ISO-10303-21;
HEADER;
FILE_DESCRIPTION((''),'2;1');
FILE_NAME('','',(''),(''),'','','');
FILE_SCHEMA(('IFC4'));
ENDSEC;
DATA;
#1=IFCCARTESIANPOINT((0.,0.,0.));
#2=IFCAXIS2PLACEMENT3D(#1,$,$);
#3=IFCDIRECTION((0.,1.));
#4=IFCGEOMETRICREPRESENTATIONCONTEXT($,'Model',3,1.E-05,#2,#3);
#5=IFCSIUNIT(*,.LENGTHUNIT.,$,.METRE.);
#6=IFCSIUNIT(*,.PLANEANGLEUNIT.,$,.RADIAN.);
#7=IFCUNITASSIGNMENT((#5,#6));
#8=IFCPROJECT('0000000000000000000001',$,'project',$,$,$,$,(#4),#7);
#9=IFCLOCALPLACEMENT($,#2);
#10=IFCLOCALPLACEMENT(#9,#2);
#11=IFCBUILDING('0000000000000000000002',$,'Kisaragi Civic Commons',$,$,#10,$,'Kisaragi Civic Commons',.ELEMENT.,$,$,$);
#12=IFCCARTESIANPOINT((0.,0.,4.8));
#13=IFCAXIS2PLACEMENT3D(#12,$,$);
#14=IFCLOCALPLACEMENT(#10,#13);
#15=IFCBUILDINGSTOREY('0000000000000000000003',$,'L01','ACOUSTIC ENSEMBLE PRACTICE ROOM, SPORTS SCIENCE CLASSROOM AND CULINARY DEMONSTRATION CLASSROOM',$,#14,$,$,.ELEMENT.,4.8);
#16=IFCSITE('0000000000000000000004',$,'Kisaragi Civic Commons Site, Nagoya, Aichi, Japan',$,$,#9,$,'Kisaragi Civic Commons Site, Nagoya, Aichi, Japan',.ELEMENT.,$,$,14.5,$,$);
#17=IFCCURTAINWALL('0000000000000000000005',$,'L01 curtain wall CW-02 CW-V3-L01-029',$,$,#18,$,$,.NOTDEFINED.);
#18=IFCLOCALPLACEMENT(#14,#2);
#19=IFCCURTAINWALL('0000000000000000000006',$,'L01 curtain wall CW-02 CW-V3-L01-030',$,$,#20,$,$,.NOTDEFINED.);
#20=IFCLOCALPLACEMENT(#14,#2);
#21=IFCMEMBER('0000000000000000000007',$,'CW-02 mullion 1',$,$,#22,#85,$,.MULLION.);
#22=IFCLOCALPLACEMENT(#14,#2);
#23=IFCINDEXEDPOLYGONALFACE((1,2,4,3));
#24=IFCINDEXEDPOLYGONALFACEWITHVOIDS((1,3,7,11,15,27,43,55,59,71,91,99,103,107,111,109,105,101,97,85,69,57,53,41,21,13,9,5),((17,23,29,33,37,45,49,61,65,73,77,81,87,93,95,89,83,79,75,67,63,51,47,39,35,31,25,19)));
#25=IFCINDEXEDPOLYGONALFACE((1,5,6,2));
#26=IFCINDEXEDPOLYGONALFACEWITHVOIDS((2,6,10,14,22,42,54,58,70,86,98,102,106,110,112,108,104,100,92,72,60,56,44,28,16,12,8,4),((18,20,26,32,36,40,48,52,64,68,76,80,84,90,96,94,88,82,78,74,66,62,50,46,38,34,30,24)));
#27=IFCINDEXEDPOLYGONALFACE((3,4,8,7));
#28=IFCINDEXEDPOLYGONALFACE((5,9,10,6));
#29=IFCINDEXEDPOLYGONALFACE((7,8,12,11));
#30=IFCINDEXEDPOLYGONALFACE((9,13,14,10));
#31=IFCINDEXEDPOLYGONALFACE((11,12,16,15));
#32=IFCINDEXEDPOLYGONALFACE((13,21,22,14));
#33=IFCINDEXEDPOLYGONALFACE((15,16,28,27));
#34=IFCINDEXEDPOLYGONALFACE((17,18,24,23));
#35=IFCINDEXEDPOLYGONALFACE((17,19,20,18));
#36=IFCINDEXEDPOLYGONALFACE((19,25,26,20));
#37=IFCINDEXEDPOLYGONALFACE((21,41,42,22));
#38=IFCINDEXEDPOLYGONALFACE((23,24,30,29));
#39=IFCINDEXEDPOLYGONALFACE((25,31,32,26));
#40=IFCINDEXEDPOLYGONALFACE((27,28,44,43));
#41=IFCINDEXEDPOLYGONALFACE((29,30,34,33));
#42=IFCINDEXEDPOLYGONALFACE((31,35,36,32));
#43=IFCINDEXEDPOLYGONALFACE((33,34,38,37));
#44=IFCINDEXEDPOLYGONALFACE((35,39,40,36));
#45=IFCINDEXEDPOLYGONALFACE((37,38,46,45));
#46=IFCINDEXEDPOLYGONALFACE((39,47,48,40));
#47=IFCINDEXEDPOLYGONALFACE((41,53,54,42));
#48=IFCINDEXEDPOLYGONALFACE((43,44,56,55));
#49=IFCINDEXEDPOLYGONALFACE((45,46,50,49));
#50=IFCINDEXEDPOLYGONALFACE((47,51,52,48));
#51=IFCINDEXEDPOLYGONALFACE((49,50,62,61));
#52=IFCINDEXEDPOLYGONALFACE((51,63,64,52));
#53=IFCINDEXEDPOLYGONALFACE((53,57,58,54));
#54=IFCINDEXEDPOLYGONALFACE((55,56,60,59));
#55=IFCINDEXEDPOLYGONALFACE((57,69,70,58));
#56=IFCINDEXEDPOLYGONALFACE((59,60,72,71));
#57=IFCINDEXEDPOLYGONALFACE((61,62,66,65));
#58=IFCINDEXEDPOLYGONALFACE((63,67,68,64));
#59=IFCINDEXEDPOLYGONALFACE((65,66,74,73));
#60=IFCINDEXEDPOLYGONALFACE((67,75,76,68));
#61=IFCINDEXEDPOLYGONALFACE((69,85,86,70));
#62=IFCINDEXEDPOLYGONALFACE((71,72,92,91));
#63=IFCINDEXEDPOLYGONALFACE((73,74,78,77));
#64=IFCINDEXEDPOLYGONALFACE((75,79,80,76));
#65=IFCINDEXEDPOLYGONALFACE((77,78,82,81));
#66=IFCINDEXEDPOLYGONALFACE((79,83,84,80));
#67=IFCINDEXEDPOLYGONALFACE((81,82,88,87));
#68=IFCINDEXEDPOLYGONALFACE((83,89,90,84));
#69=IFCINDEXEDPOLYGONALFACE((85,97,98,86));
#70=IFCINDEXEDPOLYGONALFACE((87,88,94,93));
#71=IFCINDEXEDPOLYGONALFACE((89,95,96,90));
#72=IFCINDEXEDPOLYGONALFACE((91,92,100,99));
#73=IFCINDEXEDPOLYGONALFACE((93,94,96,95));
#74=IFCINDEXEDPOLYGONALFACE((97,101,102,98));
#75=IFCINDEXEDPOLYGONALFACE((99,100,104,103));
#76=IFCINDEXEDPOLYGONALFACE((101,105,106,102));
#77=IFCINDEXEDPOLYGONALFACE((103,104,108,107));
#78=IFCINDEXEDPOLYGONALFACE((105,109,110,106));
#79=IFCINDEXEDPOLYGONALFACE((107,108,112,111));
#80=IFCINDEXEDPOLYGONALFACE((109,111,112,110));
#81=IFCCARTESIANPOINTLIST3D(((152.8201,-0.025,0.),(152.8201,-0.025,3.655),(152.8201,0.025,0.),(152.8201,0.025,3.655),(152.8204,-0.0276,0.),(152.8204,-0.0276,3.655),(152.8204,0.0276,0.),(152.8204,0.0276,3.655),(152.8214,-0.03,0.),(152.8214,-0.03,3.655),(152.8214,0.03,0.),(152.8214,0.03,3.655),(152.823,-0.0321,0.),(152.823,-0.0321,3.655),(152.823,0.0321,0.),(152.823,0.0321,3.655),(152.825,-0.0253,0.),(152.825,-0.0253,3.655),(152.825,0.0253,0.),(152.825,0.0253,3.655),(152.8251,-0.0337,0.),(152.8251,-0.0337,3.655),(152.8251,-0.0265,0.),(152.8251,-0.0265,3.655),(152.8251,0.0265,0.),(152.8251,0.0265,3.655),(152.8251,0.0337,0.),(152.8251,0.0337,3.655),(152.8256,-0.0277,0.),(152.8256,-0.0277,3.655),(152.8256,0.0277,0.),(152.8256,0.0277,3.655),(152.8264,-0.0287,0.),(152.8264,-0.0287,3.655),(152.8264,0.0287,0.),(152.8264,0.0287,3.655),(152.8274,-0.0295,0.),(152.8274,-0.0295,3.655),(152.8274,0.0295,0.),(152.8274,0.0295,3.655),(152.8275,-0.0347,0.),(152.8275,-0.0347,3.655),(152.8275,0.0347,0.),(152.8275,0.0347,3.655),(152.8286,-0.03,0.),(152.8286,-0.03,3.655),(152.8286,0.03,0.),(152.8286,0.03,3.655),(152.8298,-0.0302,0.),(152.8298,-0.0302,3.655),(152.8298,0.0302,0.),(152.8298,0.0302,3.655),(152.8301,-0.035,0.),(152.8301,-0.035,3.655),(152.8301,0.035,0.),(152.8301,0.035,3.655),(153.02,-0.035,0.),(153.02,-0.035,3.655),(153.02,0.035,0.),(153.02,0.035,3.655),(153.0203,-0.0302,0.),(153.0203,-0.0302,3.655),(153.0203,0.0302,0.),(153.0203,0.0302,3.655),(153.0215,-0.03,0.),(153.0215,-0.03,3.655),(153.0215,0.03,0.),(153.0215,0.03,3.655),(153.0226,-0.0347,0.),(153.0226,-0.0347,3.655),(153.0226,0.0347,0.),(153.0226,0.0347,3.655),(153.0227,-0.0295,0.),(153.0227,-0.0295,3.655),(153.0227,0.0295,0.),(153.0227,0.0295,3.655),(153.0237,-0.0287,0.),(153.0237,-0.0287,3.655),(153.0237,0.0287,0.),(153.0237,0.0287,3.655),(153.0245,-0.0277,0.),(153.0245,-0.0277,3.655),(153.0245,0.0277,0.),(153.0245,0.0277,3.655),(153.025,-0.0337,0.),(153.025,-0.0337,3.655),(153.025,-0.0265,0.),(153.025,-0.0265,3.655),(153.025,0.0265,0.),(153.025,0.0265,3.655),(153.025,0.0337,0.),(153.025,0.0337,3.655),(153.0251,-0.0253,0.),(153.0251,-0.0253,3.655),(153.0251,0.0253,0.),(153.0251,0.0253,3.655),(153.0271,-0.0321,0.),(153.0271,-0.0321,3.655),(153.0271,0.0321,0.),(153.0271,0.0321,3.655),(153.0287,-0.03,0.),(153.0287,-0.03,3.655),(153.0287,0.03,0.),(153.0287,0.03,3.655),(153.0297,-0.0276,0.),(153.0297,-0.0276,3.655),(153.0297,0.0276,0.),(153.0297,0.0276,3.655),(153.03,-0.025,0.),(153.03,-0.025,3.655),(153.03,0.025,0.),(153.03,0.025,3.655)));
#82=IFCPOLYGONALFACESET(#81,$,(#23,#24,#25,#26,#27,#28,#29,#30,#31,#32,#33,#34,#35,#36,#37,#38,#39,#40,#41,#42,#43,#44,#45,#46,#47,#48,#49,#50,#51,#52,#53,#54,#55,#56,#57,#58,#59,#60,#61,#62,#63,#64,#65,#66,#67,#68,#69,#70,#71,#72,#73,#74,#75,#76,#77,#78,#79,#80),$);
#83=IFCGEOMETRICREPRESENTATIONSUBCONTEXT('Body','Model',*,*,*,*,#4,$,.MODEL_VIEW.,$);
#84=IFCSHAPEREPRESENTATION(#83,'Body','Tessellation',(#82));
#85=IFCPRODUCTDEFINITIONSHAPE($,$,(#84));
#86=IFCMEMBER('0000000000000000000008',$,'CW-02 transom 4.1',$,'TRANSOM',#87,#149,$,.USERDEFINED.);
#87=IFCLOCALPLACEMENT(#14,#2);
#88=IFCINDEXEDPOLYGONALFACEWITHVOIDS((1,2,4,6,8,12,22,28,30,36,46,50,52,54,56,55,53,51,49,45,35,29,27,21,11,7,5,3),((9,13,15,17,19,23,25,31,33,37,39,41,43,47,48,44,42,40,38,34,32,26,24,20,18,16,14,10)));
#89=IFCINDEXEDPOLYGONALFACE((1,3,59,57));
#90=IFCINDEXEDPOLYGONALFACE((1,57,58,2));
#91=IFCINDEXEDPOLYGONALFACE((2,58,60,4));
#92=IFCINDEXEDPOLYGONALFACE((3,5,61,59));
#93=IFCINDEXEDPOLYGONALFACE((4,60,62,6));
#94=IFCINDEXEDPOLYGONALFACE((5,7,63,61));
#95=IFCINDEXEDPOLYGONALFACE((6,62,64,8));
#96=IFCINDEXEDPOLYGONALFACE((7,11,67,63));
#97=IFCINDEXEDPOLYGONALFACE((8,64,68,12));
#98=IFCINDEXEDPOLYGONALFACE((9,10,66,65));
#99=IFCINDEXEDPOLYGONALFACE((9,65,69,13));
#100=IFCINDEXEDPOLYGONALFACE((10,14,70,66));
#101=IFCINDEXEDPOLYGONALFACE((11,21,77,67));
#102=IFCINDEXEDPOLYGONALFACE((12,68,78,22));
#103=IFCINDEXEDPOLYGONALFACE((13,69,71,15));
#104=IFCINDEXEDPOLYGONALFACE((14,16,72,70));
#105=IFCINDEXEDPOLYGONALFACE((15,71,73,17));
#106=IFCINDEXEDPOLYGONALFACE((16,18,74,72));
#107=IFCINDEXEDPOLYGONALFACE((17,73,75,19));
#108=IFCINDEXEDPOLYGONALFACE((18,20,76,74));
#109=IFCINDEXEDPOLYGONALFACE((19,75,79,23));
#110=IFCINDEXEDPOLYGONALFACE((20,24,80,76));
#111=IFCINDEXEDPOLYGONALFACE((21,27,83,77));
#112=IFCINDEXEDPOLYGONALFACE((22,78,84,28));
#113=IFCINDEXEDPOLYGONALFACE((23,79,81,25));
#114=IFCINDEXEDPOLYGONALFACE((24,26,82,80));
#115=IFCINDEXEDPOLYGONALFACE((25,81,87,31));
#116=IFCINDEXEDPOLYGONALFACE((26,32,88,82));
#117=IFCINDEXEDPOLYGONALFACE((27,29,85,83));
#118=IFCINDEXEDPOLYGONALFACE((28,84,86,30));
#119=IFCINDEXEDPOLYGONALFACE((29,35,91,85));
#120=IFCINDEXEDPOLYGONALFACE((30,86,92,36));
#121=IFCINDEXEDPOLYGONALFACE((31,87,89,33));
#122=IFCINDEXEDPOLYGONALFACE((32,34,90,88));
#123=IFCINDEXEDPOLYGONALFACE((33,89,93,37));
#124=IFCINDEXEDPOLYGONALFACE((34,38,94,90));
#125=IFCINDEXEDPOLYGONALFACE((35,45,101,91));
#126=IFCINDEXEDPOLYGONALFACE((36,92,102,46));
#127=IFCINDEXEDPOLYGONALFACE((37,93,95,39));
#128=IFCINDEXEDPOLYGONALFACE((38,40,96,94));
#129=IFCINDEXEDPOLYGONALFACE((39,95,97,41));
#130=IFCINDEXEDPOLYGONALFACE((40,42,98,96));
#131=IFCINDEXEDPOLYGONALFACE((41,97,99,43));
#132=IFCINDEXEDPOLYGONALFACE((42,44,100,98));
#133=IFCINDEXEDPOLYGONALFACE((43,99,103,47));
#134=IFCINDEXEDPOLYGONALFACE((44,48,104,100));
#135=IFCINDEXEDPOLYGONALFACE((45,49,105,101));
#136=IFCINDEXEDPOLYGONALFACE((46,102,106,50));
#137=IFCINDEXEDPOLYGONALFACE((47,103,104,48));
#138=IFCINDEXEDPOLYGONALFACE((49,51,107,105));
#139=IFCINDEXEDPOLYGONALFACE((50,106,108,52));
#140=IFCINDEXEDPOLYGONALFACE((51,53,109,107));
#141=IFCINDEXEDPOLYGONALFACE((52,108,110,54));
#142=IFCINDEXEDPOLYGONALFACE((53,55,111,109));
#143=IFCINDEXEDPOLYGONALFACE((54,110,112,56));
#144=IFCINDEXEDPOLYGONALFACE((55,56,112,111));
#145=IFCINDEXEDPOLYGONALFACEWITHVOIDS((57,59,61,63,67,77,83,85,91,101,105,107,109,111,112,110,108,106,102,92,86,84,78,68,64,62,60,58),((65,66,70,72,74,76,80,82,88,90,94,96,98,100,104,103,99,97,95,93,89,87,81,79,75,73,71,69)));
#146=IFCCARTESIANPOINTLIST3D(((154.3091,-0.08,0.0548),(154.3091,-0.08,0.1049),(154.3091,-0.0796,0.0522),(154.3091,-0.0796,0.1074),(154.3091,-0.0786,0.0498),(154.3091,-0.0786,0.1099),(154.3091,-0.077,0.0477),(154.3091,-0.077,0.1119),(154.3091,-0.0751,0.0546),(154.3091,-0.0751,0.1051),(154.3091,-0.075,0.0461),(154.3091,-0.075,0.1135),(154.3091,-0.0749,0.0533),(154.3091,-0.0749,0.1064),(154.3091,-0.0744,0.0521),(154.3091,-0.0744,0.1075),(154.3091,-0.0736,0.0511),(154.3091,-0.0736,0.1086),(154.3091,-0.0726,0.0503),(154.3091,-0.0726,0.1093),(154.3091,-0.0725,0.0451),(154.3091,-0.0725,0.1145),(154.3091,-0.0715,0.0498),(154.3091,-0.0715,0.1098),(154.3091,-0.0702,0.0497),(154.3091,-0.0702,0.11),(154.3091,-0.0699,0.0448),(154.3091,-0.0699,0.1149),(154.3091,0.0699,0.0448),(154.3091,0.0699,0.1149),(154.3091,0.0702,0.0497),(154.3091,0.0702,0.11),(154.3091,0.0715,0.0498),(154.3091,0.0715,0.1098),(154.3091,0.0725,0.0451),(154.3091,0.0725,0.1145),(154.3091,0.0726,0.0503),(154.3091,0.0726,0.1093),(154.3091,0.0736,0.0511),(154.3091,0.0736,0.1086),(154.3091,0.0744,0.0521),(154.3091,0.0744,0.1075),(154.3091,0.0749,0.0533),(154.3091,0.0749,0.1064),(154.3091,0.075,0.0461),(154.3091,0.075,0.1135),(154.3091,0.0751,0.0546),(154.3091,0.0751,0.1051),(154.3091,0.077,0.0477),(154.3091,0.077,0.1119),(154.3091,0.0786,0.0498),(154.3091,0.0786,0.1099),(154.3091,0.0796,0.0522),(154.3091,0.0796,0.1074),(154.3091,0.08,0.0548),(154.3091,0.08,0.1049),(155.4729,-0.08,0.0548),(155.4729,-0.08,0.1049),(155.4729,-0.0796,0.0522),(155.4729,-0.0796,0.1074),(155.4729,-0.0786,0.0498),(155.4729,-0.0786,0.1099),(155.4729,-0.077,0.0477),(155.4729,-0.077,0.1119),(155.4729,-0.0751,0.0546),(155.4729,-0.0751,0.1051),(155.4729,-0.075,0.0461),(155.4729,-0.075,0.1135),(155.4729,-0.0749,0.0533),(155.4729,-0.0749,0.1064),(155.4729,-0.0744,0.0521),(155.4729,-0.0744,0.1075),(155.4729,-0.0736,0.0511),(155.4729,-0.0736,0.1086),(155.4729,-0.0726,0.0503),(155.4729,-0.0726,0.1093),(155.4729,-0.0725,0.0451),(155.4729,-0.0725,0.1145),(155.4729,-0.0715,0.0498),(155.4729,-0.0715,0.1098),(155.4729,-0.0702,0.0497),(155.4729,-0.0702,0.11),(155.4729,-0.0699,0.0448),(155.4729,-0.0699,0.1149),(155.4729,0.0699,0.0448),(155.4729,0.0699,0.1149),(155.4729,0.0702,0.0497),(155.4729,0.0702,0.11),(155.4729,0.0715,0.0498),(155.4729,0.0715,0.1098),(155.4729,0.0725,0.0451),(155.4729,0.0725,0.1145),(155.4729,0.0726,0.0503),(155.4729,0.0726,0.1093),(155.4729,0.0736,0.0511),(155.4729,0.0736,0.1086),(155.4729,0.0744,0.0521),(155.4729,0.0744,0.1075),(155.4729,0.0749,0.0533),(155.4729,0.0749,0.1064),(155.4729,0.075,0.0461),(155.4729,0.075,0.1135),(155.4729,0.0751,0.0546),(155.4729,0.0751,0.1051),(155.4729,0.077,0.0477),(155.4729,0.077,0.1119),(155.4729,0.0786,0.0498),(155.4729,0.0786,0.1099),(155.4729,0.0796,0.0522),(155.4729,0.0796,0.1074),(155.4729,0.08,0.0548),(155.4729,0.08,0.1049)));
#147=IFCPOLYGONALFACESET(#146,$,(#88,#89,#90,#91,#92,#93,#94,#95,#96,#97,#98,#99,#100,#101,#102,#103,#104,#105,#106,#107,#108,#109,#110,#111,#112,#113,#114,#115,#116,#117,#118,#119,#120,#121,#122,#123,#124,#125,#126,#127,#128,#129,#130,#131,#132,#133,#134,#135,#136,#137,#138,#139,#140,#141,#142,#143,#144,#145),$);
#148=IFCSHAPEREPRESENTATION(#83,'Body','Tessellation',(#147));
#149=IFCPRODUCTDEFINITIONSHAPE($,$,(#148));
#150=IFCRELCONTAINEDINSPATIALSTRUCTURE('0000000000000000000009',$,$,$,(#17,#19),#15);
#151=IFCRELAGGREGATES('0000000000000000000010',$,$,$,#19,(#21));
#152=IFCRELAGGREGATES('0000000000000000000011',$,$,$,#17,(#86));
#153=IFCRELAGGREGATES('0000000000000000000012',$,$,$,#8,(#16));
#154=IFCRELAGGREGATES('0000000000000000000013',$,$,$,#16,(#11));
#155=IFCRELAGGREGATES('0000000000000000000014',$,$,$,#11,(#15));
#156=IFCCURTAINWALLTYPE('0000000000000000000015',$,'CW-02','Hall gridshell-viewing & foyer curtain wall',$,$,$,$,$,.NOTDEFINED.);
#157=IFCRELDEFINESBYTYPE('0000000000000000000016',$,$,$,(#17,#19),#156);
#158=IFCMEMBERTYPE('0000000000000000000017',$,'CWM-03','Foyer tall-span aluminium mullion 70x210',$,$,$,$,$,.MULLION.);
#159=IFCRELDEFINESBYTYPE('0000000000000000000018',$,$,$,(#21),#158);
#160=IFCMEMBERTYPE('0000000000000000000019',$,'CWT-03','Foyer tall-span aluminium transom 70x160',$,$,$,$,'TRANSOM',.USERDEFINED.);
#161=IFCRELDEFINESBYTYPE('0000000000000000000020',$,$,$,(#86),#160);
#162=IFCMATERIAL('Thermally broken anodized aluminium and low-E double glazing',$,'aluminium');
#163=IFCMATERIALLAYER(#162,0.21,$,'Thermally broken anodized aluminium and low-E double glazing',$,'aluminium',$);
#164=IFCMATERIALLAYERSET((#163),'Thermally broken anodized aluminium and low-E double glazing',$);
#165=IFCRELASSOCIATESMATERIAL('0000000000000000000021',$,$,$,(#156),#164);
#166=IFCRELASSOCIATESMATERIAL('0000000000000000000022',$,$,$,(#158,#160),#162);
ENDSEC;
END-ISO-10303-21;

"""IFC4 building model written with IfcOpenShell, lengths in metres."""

from ifc_helpers import new_model, si_unit, direction, frame, origin, origin_2d, place, context, subcontext, project, spatial, hollow_rectangle, extrude, material, layer, layer_set, material_profile, profile_set, type_object, element, aggregate, save


model = new_model("IFC4")

# Units and contexts
model_context = context("Model", 3, precision=1e-05, world=origin(), true_north=direction((0.0, 1.0)))
body_context = subcontext(model_context, "Body", "Model", "MODEL_VIEW")
ifc_project = project(units=[si_unit("LENGTHUNIT", "METRE"), si_unit("PLANEANGLEUNIT", "RADIAN")], contexts=[model_context])

# Site, building, storey
site_placement = place(None, origin())
site = spatial("IfcSite", under=ifc_project, at=site_placement, Name="Kisaragi Civic Commons Site, Nagoya, Aichi, Japan", LongName="Kisaragi Civic Commons Site, Nagoya, Aichi, Japan", CompositionType="ELEMENT", RefElevation=14.5)
building_placement = place(site_placement, origin())
building = spatial("IfcBuilding", under=site, at=building_placement, Name="Kisaragi Civic Commons", LongName="Kisaragi Civic Commons", CompositionType="ELEMENT")
storey_placement = place(building_placement, frame((0.0, 0.0, 4.8)))
storey = spatial("IfcBuildingStorey", under=building, at=storey_placement, Name="L01", Description="ACOUSTIC ENSEMBLE PRACTICE ROOM, SPORTS SCIENCE CLASSROOM AND CULINARY DEMONSTRATION CLASSROOM", CompositionType="ELEMENT", Elevation=4.8)

# Curtain wall
ifc_material_1 = material(Name="Thermally broken anodized aluminium and low-E double glazing", Category="aluminium")
ifc_layer_1 = layer(ifc_material_1, 0.21, Name="Thermally broken anodized aluminium and low-E double glazing", Category="aluminium")
ifc_layer_set_1 = layer_set([ifc_layer_1], Name="Thermally broken anodized aluminium and low-E double glazing")
curtain_wall_type = type_object("IfcCurtainWallType", Name="CW-02", Description="Hall gridshell-viewing & foyer curtain wall", PredefinedType="NOTDEFINED", material=ifc_layer_set_1)
curtain_wall_1_placement = place(storey_placement, origin())
curtain_wall_1 = element("IfcCurtainWall", 1, at=curtain_wall_1_placement, inside=storey, type_object=curtain_wall_type, Name="L01 curtain wall CW-02 CW-V3-L01-029", PredefinedType="NOTDEFINED")
ifc_material_profile_1 = material_profile(ifc_material_1, hollow_rectangle(XDim=0.0701, YDim=0.21, WallThickness=0.0049, InnerFilletRadius=0.0049, OuterFilletRadius=0.01, at=origin_2d()), Name="CWM-70x210x5", Category="aluminium")
ifc_profile_set_1 = profile_set([ifc_material_profile_1], Name="Thermally broken anodized aluminium and low-E double glazing")
member_type_1 = type_object("IfcMemberType", Name="CWM-03", Description="Foyer tall-span aluminium mullion 70x210", PredefinedType="MULLION", material=ifc_profile_set_1)

# Curtain wall, member
curtain_wall_2_placement = place(storey_placement, origin())
curtain_wall_2 = element("IfcCurtainWall", 2, at=curtain_wall_2_placement, inside=storey, type_object=curtain_wall_type, Name="L01 curtain wall CW-02 CW-V3-L01-030", PredefinedType="NOTDEFINED")
member_1_placement = place(storey_placement, frame((152.925, 0.0, 0.0), z_axis=(0.0, 0.0, 1.0), x_axis=(0.0, -1.0, 0.0)))
member_1 = element("IfcMember", 3, at=member_1_placement, type_object=member_type_1, Name="CW-02 mullion 1", PredefinedType="MULLION", context=body_context, shape_type="SweptSolid", body=[
    extrude(hollow_rectangle(XDim=0.0701, YDim=0.21, WallThickness=0.0049, InnerFilletRadius=0.0049, OuterFilletRadius=0.01, at=origin_2d()), origin(), (0.0, 0.0, 1.0), 3.655),
])

# Member
ifc_material_profile_2 = material_profile(ifc_material_1, hollow_rectangle(XDim=0.1599, YDim=0.0701, WallThickness=0.0049, InnerFilletRadius=0.0049, OuterFilletRadius=0.01, at=origin_2d()), Name="CWT-70x160x5", Category="aluminium")
ifc_profile_set_2 = profile_set([ifc_material_profile_2], Name="Thermally broken anodized aluminium and low-E double glazing")
member_type_2 = type_object("IfcMemberType", Name="CWT-03", Description="Foyer tall-span aluminium transom 70x160", ElementType="TRANSOM", PredefinedType="USERDEFINED", material=ifc_profile_set_2)
member_2_placement = place(storey_placement, frame((155.4729, 0.0, 0.0798), z_axis=(-1.0, 0.0, 0.0), x_axis=(0.0, -1.0, 0.0)))
member_2 = element("IfcMember", 4, at=member_2_placement, type_object=member_type_2, Name="CW-02 transom 4.1", ObjectType="TRANSOM", PredefinedType="USERDEFINED", context=body_context, shape_type="SweptSolid", body=[
    extrude(hollow_rectangle(XDim=0.1599, YDim=0.0701, WallThickness=0.0049, InnerFilletRadius=0.0049, OuterFilletRadius=0.01, at=origin_2d()), origin(), (0.0, 0.0, 1.0), 1.1638),
])
aggregate(curtain_wall_2, [member_1])

aggregate(curtain_wall_1, [member_2])

save(model, "model.ifc")
